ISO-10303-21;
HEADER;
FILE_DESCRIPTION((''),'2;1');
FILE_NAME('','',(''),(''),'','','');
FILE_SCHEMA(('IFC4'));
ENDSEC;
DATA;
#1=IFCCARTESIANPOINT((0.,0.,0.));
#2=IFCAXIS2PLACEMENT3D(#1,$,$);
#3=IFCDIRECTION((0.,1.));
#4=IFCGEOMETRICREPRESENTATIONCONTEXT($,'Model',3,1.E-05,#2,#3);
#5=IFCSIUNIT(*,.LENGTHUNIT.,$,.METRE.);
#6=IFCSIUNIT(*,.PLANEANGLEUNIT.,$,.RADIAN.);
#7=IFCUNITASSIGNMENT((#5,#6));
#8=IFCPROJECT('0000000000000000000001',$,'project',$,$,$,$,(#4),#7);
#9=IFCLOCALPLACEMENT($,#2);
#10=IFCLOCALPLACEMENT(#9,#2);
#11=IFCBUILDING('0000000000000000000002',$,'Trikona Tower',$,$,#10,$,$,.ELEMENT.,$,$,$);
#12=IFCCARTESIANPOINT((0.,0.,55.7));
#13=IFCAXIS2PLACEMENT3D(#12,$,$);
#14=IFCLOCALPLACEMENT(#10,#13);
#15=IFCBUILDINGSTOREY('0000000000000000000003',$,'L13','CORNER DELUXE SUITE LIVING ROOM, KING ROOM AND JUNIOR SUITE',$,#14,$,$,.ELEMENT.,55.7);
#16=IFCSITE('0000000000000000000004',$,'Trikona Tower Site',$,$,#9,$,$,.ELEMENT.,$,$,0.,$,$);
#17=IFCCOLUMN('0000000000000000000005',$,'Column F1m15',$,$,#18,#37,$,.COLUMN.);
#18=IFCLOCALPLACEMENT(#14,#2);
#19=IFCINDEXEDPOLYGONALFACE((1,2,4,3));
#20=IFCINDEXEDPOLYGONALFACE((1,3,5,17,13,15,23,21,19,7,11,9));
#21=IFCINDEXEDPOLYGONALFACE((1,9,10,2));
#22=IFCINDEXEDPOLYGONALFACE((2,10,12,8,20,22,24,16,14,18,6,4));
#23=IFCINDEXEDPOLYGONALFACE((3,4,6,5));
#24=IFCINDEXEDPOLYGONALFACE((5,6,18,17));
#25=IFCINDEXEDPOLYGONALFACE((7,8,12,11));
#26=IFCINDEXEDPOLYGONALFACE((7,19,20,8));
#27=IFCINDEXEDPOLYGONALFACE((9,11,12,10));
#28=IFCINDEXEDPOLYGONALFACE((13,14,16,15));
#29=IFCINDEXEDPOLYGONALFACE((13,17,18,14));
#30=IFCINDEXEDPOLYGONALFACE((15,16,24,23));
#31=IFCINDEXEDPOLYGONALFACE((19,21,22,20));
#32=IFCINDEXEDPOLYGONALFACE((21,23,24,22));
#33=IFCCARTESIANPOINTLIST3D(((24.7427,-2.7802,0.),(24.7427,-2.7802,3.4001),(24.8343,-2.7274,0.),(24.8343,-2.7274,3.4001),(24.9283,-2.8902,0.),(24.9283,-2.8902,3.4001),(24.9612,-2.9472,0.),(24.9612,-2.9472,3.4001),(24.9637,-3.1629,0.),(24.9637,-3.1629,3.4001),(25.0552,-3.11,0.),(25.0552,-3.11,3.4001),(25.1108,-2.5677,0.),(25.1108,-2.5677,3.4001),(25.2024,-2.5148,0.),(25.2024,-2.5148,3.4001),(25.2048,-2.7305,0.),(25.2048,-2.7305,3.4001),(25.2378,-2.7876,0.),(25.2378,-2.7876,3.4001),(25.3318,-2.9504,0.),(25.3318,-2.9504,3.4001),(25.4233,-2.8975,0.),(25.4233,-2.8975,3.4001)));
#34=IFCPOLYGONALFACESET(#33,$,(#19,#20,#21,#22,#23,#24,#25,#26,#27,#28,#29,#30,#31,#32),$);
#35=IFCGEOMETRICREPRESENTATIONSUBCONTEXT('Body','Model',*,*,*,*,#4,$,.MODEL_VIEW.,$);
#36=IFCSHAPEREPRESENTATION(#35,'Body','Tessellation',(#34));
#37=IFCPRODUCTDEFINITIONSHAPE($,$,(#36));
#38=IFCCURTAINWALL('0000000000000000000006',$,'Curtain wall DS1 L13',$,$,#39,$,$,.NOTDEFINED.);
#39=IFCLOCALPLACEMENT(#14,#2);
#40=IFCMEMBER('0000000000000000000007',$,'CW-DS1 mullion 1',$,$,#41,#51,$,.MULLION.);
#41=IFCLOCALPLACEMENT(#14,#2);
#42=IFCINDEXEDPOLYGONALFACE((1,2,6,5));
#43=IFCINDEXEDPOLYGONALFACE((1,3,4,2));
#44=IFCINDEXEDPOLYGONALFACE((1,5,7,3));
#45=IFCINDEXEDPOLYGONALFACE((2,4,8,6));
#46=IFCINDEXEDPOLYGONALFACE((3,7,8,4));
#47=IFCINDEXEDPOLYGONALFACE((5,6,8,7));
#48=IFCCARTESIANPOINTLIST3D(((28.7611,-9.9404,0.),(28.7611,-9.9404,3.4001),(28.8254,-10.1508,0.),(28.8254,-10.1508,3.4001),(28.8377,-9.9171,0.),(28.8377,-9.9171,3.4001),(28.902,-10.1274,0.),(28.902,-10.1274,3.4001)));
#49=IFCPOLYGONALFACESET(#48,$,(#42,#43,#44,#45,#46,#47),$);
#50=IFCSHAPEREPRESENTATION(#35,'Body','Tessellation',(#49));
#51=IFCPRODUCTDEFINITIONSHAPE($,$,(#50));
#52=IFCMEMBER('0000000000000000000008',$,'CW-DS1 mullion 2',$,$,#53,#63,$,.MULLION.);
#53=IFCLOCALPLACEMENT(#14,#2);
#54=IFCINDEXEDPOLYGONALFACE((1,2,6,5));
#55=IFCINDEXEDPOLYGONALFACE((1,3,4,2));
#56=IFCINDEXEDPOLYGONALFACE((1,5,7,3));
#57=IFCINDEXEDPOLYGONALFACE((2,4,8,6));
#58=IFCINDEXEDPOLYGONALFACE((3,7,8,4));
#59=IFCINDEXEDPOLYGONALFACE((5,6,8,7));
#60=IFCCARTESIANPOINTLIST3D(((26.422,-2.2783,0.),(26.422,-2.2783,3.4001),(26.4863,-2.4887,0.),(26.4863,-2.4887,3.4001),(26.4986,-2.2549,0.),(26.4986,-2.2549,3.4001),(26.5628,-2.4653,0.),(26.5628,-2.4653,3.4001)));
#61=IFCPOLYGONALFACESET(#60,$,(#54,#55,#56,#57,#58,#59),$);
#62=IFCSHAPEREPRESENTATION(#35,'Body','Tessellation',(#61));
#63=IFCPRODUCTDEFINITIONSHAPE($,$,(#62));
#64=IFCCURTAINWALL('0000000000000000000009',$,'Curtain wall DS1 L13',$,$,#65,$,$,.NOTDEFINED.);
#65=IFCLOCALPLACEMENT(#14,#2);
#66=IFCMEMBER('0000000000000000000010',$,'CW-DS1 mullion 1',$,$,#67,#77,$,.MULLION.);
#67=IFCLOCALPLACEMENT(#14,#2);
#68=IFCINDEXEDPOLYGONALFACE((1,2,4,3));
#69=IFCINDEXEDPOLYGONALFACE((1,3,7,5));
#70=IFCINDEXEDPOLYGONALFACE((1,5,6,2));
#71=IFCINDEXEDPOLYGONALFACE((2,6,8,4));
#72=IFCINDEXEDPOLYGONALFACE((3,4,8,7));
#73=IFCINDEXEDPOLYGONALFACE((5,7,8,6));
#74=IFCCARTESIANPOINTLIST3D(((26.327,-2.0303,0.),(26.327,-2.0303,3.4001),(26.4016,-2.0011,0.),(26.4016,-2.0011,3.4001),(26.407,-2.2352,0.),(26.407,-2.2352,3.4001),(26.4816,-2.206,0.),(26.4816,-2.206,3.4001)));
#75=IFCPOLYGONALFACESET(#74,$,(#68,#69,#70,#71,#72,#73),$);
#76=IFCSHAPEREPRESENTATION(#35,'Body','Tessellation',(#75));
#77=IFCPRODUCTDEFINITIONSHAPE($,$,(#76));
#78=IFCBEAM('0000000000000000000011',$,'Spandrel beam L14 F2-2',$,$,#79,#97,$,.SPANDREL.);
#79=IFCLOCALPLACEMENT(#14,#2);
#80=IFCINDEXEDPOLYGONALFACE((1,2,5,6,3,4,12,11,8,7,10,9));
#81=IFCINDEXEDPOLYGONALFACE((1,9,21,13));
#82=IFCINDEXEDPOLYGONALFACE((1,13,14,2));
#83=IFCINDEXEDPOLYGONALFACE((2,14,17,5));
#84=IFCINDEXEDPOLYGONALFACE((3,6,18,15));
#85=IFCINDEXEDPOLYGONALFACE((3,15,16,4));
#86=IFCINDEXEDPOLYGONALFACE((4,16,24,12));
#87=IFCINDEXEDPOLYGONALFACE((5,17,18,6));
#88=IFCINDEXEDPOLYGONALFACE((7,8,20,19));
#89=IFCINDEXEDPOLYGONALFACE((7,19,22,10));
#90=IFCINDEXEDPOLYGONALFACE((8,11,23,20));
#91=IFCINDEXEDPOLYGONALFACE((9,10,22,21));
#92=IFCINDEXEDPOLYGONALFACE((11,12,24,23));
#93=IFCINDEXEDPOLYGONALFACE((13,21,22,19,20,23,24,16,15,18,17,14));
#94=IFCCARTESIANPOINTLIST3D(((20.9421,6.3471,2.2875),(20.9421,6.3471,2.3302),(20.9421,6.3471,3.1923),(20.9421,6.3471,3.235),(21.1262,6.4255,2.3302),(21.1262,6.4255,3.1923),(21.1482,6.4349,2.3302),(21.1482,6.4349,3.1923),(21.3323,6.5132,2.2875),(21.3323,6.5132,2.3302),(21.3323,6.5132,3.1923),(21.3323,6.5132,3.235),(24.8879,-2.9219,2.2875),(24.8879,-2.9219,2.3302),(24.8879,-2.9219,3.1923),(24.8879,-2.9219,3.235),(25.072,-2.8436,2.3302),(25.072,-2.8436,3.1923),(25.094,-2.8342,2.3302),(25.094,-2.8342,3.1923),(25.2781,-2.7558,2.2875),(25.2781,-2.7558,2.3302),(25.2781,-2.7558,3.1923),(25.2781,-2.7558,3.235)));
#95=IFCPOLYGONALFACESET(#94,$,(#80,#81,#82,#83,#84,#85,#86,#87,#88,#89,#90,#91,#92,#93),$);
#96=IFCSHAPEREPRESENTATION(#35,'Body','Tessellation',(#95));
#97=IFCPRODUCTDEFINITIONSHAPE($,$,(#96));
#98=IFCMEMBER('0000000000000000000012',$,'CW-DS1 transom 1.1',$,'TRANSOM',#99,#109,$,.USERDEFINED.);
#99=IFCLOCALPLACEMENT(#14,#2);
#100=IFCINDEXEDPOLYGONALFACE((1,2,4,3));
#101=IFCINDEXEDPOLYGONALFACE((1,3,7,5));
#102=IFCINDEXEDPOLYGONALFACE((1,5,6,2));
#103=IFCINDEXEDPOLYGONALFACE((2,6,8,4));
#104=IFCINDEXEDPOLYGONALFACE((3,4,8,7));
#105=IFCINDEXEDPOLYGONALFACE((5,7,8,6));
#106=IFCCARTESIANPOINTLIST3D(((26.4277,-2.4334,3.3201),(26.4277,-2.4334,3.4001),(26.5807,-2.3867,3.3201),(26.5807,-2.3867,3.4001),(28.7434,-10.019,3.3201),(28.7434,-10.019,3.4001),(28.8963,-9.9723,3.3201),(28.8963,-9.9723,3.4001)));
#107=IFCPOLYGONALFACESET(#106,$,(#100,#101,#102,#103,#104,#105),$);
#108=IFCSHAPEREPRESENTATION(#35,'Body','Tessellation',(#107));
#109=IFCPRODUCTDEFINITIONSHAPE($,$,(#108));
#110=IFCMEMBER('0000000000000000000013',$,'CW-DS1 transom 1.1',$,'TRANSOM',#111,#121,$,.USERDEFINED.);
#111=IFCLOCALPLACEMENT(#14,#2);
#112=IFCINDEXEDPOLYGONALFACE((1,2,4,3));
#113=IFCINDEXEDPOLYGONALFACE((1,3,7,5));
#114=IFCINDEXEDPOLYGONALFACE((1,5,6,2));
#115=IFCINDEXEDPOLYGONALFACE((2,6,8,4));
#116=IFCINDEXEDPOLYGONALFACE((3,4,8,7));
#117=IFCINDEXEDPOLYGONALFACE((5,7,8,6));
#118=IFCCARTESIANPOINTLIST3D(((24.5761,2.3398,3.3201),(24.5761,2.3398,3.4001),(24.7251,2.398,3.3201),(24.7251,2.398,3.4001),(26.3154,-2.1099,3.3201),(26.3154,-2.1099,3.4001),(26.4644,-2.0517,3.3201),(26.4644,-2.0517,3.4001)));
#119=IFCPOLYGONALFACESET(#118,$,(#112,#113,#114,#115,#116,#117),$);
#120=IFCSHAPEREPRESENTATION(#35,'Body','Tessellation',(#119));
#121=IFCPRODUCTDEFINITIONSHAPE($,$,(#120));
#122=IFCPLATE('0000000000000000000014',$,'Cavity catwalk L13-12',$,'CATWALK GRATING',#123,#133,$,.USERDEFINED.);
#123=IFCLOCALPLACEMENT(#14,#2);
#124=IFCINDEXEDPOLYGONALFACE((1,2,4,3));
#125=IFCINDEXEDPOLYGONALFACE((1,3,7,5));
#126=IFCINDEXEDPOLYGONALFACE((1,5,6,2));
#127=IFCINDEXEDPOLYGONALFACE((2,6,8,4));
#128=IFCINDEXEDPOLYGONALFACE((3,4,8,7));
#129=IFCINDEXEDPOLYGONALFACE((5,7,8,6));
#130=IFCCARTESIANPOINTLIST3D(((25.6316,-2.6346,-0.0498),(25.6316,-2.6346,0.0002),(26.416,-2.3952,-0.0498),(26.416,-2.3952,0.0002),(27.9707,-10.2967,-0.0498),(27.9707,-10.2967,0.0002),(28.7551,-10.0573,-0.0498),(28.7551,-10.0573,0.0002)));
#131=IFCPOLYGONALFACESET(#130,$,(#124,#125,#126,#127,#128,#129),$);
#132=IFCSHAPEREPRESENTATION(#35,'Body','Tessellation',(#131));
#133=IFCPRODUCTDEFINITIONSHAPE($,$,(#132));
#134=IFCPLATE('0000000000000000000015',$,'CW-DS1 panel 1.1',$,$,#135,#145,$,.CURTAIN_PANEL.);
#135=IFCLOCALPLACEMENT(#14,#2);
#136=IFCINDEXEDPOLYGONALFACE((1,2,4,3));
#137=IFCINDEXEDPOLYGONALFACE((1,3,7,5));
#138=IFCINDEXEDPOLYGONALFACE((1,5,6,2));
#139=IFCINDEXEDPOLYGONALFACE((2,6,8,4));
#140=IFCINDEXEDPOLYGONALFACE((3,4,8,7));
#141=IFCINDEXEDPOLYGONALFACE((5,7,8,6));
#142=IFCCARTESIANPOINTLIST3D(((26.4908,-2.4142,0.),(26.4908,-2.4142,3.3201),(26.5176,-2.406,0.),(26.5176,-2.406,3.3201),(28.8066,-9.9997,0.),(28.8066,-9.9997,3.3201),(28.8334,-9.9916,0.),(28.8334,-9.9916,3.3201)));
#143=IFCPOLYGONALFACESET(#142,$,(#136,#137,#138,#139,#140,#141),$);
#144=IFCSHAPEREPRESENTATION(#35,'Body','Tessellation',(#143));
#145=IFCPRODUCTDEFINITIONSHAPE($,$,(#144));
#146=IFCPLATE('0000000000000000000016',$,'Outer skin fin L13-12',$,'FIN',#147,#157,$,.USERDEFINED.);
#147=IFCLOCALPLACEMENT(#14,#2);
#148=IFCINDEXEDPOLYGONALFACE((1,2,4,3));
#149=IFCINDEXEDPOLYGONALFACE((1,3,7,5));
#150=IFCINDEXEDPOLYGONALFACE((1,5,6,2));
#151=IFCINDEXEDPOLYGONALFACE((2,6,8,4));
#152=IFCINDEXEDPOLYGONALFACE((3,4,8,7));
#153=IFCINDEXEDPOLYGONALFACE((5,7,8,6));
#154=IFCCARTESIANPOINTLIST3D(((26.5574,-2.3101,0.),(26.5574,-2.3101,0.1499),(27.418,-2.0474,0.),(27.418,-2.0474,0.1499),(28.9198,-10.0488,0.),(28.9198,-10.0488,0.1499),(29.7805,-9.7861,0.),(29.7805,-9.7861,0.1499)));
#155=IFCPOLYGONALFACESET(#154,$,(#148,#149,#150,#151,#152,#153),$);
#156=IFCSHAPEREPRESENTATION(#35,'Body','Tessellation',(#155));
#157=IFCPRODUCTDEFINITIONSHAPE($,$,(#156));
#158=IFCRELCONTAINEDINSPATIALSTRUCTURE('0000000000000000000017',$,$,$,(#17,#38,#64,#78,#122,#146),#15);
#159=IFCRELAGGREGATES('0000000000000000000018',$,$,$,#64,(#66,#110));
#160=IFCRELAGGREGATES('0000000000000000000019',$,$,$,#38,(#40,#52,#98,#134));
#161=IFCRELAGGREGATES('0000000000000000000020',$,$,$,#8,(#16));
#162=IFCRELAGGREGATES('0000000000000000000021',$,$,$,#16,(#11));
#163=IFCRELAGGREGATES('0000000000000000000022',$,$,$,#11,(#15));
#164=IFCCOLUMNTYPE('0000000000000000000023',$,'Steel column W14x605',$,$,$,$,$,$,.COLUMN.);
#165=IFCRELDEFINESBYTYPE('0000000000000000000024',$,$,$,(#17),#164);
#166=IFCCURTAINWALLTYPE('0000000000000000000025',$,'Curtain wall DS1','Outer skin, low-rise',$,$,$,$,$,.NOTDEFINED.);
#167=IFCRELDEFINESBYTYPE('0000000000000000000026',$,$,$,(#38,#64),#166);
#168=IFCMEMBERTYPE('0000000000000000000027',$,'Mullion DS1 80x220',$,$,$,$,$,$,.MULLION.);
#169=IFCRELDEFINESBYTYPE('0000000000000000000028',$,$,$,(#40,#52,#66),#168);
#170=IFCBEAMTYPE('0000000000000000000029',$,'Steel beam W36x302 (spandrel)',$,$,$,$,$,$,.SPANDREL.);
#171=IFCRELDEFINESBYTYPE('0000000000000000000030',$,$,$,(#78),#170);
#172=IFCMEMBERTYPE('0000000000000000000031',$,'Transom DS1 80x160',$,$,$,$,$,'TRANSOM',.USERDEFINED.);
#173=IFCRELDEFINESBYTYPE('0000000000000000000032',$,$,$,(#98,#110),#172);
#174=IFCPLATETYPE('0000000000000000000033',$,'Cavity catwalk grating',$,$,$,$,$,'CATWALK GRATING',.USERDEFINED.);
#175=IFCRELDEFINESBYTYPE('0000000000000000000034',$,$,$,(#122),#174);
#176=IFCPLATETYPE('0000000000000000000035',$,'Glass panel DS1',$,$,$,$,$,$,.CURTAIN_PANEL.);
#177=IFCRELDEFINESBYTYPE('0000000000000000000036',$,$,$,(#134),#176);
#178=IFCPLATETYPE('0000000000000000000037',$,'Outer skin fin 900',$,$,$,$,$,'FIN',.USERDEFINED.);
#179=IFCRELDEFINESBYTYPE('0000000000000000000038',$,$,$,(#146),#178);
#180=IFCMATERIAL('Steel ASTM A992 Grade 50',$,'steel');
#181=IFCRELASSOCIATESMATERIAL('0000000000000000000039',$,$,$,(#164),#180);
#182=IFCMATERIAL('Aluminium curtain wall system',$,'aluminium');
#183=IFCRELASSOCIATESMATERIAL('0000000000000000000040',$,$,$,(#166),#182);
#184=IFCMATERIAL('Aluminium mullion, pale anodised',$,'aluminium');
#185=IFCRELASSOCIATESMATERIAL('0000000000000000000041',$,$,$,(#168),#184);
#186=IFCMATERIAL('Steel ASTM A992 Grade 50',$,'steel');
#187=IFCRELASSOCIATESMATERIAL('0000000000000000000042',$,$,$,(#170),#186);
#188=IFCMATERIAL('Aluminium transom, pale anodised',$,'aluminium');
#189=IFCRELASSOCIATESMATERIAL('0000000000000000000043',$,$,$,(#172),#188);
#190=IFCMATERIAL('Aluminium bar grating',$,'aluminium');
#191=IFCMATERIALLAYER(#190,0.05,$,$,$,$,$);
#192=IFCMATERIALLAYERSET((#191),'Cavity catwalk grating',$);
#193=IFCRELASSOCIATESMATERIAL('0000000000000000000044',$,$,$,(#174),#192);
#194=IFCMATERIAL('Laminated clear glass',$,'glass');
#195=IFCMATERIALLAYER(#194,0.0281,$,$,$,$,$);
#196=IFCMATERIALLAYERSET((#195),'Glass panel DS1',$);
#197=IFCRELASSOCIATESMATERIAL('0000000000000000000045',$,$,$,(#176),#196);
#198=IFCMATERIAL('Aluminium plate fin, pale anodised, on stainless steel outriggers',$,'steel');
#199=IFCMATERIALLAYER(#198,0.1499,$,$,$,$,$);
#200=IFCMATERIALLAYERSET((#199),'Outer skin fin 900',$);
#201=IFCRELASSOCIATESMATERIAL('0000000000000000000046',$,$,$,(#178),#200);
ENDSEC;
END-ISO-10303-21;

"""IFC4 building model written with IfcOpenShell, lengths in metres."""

from ifc_helpers import new_model, si_unit, direction, frame, origin, origin_2d, place, context, subcontext, project, spatial, rectangle, i_section, extrude, material, layer, layer_set, material_profile, profile_set, type_object, element, aggregate, save


model = new_model("IFC4")

# Units and contexts
model_context = context("Model", 3, precision=1e-05, world=origin(), true_north=direction((0.0, 1.0)))
body_context = subcontext(model_context, "Body", "Model", "MODEL_VIEW")
ifc_project = project(units=[si_unit("LENGTHUNIT", "METRE"), si_unit("PLANEANGLEUNIT", "RADIAN")], contexts=[model_context])

# Site, building, storey
site_placement = place(None, origin())
site = spatial("IfcSite", under=ifc_project, at=site_placement, Name="Trikona Tower Site", CompositionType="ELEMENT", RefElevation=0.0)
building_placement = place(site_placement, origin())
building = spatial("IfcBuilding", under=site, at=building_placement, Name="Trikona Tower", CompositionType="ELEMENT")
storey_placement = place(building_placement, frame((0.0, 0.0, 55.7)))
storey = spatial("IfcBuildingStorey", under=building, at=storey_placement, Name="L13", Description="CORNER DELUXE SUITE LIVING ROOM, KING ROOM AND JUNIOR SUITE", CompositionType="ELEMENT", Elevation=55.7)

# Column
ifc_material_1 = material(Name="Steel ASTM A992 Grade 50", Category="steel")
ifc_material_profile_1 = material_profile(ifc_material_1, i_section(OverallWidth=0.4419, OverallDepth=0.5308, WebThickness=0.0659, FlangeThickness=0.1057, at=origin_2d()), Name="W14X605")
ifc_profile_set_1 = profile_set([ifc_material_profile_1], Name="Steel ASTM A992 Grade 50")
column_type = type_object("IfcColumnType", Name="Steel column W14x605", PredefinedType="COLUMN", material=ifc_profile_set_1)
column_placement = place(storey_placement, frame((25.083, -2.8389, 0.0), z_axis=(0.0, 0.0, 1.0), x_axis=(-0.5, 0.866025, 0.0)))
element("IfcColumn", 1, at=column_placement, inside=storey, type_object=column_type, Name="Column F1m15", PredefinedType="COLUMN", context=body_context, shape_type="SweptSolid", body=[
    extrude(i_section(OverallWidth=0.4419, OverallDepth=0.5308, WebThickness=0.0659, FlangeThickness=0.1057, at=origin_2d()), origin(), (0.0, 0.0, 1.0), 3.4001),
])

# Curtain wall, members
ifc_material_2 = material(Name="Aluminium curtain wall system", Category="aluminium")
curtain_wall_type = type_object("IfcCurtainWallType", Name="Curtain wall DS1", Description="Outer skin, low-rise", PredefinedType="NOTDEFINED", material=ifc_material_2)
curtain_wall_1_placement = place(storey_placement, origin())
curtain_wall_1 = element("IfcCurtainWall", 2, at=curtain_wall_1_placement, inside=storey, type_object=curtain_wall_type, Name="Curtain wall DS1 L13", PredefinedType="NOTDEFINED")
ifc_material_3 = material(Name="Aluminium mullion, pale anodised", Category="aluminium")
ifc_material_profile_2 = material_profile(ifc_material_3, rectangle(XDim=0.0801, YDim=0.22, at=origin_2d()), Name="MUL-DS1")
ifc_profile_set_2 = profile_set([ifc_material_profile_2], Name="Aluminium mullion, pale anodised")
member_type_1 = type_object("IfcMemberType", Name="Mullion DS1 80x220", PredefinedType="MULLION", material=ifc_profile_set_2)
member_1_placement = place(storey_placement, frame((28.8315, -10.0339, 0.0), z_axis=(0.0, 0.0, 1.0), x_axis=(-0.956423, -0.291984, 0.0)))
member_1 = element("IfcMember", 3, at=member_1_placement, type_object=member_type_1, Name="CW-DS1 mullion 1", PredefinedType="MULLION", context=body_context, shape_type="SweptSolid", body=[
    extrude(rectangle(XDim=0.0801, YDim=0.22, at=origin_2d()), origin(), (0.0, 0.0, 1.0), 3.4001),
])
member_2_placement = place(storey_placement, frame((26.4924, -2.3718, 0.0), z_axis=(0.0, 0.0, 1.0), x_axis=(-0.956423, -0.291984, 0.0)))
member_2 = element("IfcMember", 4, at=member_2_placement, type_object=member_type_1, Name="CW-DS1 mullion 2", PredefinedType="MULLION", context=body_context, shape_type="SweptSolid", body=[
    extrude(rectangle(XDim=0.0801, YDim=0.22, at=origin_2d()), origin(), (0.0, 0.0, 1.0), 3.4001),
])

# Curtain wall, member
curtain_wall_2_placement = place(storey_placement, origin())
curtain_wall_2 = element("IfcCurtainWall", 5, at=curtain_wall_2_placement, inside=storey, type_object=curtain_wall_type, Name="Curtain wall DS1 L13", PredefinedType="NOTDEFINED")
member_3_placement = place(storey_placement, frame((26.4043, -2.1182, 0.0), z_axis=(0.0, 0.0, 1.0), x_axis=(-0.931396, -0.364008, 0.0)))
member_3 = element("IfcMember", 6, at=member_3_placement, type_object=member_type_1, Name="CW-DS1 mullion 1", PredefinedType="MULLION", context=body_context, shape_type="SweptSolid", body=[
    extrude(rectangle(XDim=0.0801, YDim=0.22, at=origin_2d()), origin(), (0.0, 0.0, 1.0), 3.4001),
])

# Beam
ifc_material_4 = material(Name="Steel ASTM A992 Grade 50", Category="steel")
ifc_material_profile_3 = material_profile(ifc_material_4, i_section(OverallWidth=0.4241, OverallDepth=0.9475, WebThickness=0.0239, FlangeThickness=0.0427, at=origin_2d()), Name="W36X302")
ifc_profile_set_3 = profile_set([ifc_material_profile_3], Name="Steel ASTM A992 Grade 50")
beam_type = type_object("IfcBeamType", Name="Steel beam W36x302 (spandrel)", PredefinedType="SPANDREL", material=ifc_profile_set_3)
beam_placement = place(storey_placement, frame((25.083, -2.8389, 2.7612), z_axis=(-0.391684, 0.9201, 0.0), x_axis=(-0.9201, -0.391684, 0.0)))
element("IfcBeam", 7, at=beam_placement, inside=storey, type_object=beam_type, Name="Spandrel beam L14 F2-2", PredefinedType="SPANDREL", context=body_context, shape_type="SweptSolid", body=[
    extrude(i_section(OverallWidth=0.4241, OverallDepth=0.9475, WebThickness=0.0239, FlangeThickness=0.0427, at=origin_2d()), origin(), (0.0, 0.0, 1.0), 10.074),
])

# Members
ifc_material_5 = material(Name="Aluminium transom, pale anodised", Category="aluminium")
ifc_material_profile_4 = material_profile(ifc_material_5, rectangle(XDim=0.1599, YDim=0.0801, at=origin_2d()), Name="TRN-DS1")
ifc_profile_set_4 = profile_set([ifc_material_profile_4], Name="Aluminium transom, pale anodised")
member_type_2 = type_object("IfcMemberType", Name="Transom DS1 80x160", ElementType="TRANSOM", PredefinedType="USERDEFINED", material=ifc_profile_set_4)
member_4_placement = place(storey_placement, frame((28.8198, -9.9956, 3.3601), z_axis=(-0.291967, 0.956428, 0.0), x_axis=(-0.956428, -0.291967, 0.0)))
member_4 = element("IfcMember", 8, at=member_4_placement, type_object=member_type_2, Name="CW-DS1 transom 1.1", ObjectType="TRANSOM", PredefinedType="USERDEFINED", context=body_context, shape_type="SweptSolid", body=[
    extrude(rectangle(XDim=0.1599, YDim=0.0801, at=origin_2d()), origin(), (0.0, 0.0, 1.0), 7.9312),
])
member_5_placement = place(storey_placement, frame((26.3899, -2.0808, 3.3601), z_axis=(-0.364049, 0.93138, 0.0), x_axis=(-0.93138, -0.364049, 0.0)))
member_5 = element("IfcMember", 9, at=member_5_placement, type_object=member_type_2, Name="CW-DS1 transom 1.1", ObjectType="TRANSOM", PredefinedType="USERDEFINED", context=body_context, shape_type="SweptSolid", body=[
    extrude(rectangle(XDim=0.1599, YDim=0.0801, at=origin_2d()), origin(), (0.0, 0.0, 1.0), 4.7776),
])
aggregate(curtain_wall_2, [member_3, member_5])

# Plates
ifc_material_6 = material(Name="Aluminium bar grating", Category="aluminium")
ifc_layer_1 = layer(ifc_material_6, 0.05)
ifc_layer_set_1 = layer_set([ifc_layer_1], Name="Cavity catwalk grating")
plate_type_1 = type_object("IfcPlateType", Name="Cavity catwalk grating", ElementType="CATWALK GRATING", PredefinedType="USERDEFINED", material=ifc_layer_set_1)
plate_1_placement = place(storey_placement, frame((27.1934, -6.3459, -0.0498), z_axis=(0.0, 0.0, 1.0), x_axis=(-0.291979, 0.956425, 0.0)))
element("IfcPlate", 10, at=plate_1_placement, inside=storey, type_object=plate_type_1, Name="Cavity catwalk L13-12", ObjectType="CATWALK GRATING", PredefinedType="USERDEFINED", context=body_context, shape_type="SweptSolid", body=[
    extrude(rectangle(XDim=8.0112, YDim=0.8201, at=origin_2d()), origin(), (0.0, 0.0, 1.0), 0.05),
])
ifc_material_7 = material(Name="Laminated clear glass", Category="glass")
ifc_layer_2 = layer(ifc_material_7, 0.0281)
ifc_layer_set_2 = layer_set([ifc_layer_2], Name="Glass panel DS1")
plate_type_2 = type_object("IfcPlateType", Name="Glass panel DS1", PredefinedType="CURTAIN_PANEL", material=ifc_layer_set_2)
plate_2_placement = place(storey_placement, frame((27.6621, -6.2029, 0.0), z_axis=(0.0, 0.0, 1.0), x_axis=(-0.291984, 0.956423, 0.0)))
plate_2 = element("IfcPlate", 11, at=plate_2_placement, type_object=plate_type_2, Name="CW-DS1 panel 1.1", PredefinedType="CURTAIN_PANEL", context=body_context, shape_type="SweptSolid", body=[
    extrude(rectangle(XDim=7.9312, YDim=0.0281, at=origin_2d()), origin(), (0.0, 0.0, 1.0), 3.3201),
])
aggregate(curtain_wall_1, [member_1, member_2, member_4, plate_2])
ifc_material_8 = material(Name="Aluminium plate fin, pale anodised, on stainless steel outriggers", Category="steel")
ifc_layer_3 = layer(ifc_material_8, 0.1499)
ifc_layer_set_3 = layer_set([ifc_layer_3], Name="Outer skin fin 900")
plate_type_3 = type_object("IfcPlateType", Name="Outer skin fin 900", ElementType="FIN", PredefinedType="USERDEFINED", material=ifc_layer_set_3)
plate_3_placement = place(storey_placement, frame((28.1689, -6.0481, 0.0), z_axis=(0.0, 0.0, 1.0), x_axis=(-0.291979, 0.956425, 0.0)))
element("IfcPlate", 12, at=plate_3_placement, inside=storey, type_object=plate_type_3, Name="Outer skin fin L13-12", ObjectType="FIN", PredefinedType="USERDEFINED", context=body_context, shape_type="SweptSolid", body=[
    extrude(rectangle(XDim=8.0913, YDim=0.8999, at=origin_2d()), origin(), (0.0, 0.0, 1.0), 0.1499),
])

save(model, "model.ifc")
